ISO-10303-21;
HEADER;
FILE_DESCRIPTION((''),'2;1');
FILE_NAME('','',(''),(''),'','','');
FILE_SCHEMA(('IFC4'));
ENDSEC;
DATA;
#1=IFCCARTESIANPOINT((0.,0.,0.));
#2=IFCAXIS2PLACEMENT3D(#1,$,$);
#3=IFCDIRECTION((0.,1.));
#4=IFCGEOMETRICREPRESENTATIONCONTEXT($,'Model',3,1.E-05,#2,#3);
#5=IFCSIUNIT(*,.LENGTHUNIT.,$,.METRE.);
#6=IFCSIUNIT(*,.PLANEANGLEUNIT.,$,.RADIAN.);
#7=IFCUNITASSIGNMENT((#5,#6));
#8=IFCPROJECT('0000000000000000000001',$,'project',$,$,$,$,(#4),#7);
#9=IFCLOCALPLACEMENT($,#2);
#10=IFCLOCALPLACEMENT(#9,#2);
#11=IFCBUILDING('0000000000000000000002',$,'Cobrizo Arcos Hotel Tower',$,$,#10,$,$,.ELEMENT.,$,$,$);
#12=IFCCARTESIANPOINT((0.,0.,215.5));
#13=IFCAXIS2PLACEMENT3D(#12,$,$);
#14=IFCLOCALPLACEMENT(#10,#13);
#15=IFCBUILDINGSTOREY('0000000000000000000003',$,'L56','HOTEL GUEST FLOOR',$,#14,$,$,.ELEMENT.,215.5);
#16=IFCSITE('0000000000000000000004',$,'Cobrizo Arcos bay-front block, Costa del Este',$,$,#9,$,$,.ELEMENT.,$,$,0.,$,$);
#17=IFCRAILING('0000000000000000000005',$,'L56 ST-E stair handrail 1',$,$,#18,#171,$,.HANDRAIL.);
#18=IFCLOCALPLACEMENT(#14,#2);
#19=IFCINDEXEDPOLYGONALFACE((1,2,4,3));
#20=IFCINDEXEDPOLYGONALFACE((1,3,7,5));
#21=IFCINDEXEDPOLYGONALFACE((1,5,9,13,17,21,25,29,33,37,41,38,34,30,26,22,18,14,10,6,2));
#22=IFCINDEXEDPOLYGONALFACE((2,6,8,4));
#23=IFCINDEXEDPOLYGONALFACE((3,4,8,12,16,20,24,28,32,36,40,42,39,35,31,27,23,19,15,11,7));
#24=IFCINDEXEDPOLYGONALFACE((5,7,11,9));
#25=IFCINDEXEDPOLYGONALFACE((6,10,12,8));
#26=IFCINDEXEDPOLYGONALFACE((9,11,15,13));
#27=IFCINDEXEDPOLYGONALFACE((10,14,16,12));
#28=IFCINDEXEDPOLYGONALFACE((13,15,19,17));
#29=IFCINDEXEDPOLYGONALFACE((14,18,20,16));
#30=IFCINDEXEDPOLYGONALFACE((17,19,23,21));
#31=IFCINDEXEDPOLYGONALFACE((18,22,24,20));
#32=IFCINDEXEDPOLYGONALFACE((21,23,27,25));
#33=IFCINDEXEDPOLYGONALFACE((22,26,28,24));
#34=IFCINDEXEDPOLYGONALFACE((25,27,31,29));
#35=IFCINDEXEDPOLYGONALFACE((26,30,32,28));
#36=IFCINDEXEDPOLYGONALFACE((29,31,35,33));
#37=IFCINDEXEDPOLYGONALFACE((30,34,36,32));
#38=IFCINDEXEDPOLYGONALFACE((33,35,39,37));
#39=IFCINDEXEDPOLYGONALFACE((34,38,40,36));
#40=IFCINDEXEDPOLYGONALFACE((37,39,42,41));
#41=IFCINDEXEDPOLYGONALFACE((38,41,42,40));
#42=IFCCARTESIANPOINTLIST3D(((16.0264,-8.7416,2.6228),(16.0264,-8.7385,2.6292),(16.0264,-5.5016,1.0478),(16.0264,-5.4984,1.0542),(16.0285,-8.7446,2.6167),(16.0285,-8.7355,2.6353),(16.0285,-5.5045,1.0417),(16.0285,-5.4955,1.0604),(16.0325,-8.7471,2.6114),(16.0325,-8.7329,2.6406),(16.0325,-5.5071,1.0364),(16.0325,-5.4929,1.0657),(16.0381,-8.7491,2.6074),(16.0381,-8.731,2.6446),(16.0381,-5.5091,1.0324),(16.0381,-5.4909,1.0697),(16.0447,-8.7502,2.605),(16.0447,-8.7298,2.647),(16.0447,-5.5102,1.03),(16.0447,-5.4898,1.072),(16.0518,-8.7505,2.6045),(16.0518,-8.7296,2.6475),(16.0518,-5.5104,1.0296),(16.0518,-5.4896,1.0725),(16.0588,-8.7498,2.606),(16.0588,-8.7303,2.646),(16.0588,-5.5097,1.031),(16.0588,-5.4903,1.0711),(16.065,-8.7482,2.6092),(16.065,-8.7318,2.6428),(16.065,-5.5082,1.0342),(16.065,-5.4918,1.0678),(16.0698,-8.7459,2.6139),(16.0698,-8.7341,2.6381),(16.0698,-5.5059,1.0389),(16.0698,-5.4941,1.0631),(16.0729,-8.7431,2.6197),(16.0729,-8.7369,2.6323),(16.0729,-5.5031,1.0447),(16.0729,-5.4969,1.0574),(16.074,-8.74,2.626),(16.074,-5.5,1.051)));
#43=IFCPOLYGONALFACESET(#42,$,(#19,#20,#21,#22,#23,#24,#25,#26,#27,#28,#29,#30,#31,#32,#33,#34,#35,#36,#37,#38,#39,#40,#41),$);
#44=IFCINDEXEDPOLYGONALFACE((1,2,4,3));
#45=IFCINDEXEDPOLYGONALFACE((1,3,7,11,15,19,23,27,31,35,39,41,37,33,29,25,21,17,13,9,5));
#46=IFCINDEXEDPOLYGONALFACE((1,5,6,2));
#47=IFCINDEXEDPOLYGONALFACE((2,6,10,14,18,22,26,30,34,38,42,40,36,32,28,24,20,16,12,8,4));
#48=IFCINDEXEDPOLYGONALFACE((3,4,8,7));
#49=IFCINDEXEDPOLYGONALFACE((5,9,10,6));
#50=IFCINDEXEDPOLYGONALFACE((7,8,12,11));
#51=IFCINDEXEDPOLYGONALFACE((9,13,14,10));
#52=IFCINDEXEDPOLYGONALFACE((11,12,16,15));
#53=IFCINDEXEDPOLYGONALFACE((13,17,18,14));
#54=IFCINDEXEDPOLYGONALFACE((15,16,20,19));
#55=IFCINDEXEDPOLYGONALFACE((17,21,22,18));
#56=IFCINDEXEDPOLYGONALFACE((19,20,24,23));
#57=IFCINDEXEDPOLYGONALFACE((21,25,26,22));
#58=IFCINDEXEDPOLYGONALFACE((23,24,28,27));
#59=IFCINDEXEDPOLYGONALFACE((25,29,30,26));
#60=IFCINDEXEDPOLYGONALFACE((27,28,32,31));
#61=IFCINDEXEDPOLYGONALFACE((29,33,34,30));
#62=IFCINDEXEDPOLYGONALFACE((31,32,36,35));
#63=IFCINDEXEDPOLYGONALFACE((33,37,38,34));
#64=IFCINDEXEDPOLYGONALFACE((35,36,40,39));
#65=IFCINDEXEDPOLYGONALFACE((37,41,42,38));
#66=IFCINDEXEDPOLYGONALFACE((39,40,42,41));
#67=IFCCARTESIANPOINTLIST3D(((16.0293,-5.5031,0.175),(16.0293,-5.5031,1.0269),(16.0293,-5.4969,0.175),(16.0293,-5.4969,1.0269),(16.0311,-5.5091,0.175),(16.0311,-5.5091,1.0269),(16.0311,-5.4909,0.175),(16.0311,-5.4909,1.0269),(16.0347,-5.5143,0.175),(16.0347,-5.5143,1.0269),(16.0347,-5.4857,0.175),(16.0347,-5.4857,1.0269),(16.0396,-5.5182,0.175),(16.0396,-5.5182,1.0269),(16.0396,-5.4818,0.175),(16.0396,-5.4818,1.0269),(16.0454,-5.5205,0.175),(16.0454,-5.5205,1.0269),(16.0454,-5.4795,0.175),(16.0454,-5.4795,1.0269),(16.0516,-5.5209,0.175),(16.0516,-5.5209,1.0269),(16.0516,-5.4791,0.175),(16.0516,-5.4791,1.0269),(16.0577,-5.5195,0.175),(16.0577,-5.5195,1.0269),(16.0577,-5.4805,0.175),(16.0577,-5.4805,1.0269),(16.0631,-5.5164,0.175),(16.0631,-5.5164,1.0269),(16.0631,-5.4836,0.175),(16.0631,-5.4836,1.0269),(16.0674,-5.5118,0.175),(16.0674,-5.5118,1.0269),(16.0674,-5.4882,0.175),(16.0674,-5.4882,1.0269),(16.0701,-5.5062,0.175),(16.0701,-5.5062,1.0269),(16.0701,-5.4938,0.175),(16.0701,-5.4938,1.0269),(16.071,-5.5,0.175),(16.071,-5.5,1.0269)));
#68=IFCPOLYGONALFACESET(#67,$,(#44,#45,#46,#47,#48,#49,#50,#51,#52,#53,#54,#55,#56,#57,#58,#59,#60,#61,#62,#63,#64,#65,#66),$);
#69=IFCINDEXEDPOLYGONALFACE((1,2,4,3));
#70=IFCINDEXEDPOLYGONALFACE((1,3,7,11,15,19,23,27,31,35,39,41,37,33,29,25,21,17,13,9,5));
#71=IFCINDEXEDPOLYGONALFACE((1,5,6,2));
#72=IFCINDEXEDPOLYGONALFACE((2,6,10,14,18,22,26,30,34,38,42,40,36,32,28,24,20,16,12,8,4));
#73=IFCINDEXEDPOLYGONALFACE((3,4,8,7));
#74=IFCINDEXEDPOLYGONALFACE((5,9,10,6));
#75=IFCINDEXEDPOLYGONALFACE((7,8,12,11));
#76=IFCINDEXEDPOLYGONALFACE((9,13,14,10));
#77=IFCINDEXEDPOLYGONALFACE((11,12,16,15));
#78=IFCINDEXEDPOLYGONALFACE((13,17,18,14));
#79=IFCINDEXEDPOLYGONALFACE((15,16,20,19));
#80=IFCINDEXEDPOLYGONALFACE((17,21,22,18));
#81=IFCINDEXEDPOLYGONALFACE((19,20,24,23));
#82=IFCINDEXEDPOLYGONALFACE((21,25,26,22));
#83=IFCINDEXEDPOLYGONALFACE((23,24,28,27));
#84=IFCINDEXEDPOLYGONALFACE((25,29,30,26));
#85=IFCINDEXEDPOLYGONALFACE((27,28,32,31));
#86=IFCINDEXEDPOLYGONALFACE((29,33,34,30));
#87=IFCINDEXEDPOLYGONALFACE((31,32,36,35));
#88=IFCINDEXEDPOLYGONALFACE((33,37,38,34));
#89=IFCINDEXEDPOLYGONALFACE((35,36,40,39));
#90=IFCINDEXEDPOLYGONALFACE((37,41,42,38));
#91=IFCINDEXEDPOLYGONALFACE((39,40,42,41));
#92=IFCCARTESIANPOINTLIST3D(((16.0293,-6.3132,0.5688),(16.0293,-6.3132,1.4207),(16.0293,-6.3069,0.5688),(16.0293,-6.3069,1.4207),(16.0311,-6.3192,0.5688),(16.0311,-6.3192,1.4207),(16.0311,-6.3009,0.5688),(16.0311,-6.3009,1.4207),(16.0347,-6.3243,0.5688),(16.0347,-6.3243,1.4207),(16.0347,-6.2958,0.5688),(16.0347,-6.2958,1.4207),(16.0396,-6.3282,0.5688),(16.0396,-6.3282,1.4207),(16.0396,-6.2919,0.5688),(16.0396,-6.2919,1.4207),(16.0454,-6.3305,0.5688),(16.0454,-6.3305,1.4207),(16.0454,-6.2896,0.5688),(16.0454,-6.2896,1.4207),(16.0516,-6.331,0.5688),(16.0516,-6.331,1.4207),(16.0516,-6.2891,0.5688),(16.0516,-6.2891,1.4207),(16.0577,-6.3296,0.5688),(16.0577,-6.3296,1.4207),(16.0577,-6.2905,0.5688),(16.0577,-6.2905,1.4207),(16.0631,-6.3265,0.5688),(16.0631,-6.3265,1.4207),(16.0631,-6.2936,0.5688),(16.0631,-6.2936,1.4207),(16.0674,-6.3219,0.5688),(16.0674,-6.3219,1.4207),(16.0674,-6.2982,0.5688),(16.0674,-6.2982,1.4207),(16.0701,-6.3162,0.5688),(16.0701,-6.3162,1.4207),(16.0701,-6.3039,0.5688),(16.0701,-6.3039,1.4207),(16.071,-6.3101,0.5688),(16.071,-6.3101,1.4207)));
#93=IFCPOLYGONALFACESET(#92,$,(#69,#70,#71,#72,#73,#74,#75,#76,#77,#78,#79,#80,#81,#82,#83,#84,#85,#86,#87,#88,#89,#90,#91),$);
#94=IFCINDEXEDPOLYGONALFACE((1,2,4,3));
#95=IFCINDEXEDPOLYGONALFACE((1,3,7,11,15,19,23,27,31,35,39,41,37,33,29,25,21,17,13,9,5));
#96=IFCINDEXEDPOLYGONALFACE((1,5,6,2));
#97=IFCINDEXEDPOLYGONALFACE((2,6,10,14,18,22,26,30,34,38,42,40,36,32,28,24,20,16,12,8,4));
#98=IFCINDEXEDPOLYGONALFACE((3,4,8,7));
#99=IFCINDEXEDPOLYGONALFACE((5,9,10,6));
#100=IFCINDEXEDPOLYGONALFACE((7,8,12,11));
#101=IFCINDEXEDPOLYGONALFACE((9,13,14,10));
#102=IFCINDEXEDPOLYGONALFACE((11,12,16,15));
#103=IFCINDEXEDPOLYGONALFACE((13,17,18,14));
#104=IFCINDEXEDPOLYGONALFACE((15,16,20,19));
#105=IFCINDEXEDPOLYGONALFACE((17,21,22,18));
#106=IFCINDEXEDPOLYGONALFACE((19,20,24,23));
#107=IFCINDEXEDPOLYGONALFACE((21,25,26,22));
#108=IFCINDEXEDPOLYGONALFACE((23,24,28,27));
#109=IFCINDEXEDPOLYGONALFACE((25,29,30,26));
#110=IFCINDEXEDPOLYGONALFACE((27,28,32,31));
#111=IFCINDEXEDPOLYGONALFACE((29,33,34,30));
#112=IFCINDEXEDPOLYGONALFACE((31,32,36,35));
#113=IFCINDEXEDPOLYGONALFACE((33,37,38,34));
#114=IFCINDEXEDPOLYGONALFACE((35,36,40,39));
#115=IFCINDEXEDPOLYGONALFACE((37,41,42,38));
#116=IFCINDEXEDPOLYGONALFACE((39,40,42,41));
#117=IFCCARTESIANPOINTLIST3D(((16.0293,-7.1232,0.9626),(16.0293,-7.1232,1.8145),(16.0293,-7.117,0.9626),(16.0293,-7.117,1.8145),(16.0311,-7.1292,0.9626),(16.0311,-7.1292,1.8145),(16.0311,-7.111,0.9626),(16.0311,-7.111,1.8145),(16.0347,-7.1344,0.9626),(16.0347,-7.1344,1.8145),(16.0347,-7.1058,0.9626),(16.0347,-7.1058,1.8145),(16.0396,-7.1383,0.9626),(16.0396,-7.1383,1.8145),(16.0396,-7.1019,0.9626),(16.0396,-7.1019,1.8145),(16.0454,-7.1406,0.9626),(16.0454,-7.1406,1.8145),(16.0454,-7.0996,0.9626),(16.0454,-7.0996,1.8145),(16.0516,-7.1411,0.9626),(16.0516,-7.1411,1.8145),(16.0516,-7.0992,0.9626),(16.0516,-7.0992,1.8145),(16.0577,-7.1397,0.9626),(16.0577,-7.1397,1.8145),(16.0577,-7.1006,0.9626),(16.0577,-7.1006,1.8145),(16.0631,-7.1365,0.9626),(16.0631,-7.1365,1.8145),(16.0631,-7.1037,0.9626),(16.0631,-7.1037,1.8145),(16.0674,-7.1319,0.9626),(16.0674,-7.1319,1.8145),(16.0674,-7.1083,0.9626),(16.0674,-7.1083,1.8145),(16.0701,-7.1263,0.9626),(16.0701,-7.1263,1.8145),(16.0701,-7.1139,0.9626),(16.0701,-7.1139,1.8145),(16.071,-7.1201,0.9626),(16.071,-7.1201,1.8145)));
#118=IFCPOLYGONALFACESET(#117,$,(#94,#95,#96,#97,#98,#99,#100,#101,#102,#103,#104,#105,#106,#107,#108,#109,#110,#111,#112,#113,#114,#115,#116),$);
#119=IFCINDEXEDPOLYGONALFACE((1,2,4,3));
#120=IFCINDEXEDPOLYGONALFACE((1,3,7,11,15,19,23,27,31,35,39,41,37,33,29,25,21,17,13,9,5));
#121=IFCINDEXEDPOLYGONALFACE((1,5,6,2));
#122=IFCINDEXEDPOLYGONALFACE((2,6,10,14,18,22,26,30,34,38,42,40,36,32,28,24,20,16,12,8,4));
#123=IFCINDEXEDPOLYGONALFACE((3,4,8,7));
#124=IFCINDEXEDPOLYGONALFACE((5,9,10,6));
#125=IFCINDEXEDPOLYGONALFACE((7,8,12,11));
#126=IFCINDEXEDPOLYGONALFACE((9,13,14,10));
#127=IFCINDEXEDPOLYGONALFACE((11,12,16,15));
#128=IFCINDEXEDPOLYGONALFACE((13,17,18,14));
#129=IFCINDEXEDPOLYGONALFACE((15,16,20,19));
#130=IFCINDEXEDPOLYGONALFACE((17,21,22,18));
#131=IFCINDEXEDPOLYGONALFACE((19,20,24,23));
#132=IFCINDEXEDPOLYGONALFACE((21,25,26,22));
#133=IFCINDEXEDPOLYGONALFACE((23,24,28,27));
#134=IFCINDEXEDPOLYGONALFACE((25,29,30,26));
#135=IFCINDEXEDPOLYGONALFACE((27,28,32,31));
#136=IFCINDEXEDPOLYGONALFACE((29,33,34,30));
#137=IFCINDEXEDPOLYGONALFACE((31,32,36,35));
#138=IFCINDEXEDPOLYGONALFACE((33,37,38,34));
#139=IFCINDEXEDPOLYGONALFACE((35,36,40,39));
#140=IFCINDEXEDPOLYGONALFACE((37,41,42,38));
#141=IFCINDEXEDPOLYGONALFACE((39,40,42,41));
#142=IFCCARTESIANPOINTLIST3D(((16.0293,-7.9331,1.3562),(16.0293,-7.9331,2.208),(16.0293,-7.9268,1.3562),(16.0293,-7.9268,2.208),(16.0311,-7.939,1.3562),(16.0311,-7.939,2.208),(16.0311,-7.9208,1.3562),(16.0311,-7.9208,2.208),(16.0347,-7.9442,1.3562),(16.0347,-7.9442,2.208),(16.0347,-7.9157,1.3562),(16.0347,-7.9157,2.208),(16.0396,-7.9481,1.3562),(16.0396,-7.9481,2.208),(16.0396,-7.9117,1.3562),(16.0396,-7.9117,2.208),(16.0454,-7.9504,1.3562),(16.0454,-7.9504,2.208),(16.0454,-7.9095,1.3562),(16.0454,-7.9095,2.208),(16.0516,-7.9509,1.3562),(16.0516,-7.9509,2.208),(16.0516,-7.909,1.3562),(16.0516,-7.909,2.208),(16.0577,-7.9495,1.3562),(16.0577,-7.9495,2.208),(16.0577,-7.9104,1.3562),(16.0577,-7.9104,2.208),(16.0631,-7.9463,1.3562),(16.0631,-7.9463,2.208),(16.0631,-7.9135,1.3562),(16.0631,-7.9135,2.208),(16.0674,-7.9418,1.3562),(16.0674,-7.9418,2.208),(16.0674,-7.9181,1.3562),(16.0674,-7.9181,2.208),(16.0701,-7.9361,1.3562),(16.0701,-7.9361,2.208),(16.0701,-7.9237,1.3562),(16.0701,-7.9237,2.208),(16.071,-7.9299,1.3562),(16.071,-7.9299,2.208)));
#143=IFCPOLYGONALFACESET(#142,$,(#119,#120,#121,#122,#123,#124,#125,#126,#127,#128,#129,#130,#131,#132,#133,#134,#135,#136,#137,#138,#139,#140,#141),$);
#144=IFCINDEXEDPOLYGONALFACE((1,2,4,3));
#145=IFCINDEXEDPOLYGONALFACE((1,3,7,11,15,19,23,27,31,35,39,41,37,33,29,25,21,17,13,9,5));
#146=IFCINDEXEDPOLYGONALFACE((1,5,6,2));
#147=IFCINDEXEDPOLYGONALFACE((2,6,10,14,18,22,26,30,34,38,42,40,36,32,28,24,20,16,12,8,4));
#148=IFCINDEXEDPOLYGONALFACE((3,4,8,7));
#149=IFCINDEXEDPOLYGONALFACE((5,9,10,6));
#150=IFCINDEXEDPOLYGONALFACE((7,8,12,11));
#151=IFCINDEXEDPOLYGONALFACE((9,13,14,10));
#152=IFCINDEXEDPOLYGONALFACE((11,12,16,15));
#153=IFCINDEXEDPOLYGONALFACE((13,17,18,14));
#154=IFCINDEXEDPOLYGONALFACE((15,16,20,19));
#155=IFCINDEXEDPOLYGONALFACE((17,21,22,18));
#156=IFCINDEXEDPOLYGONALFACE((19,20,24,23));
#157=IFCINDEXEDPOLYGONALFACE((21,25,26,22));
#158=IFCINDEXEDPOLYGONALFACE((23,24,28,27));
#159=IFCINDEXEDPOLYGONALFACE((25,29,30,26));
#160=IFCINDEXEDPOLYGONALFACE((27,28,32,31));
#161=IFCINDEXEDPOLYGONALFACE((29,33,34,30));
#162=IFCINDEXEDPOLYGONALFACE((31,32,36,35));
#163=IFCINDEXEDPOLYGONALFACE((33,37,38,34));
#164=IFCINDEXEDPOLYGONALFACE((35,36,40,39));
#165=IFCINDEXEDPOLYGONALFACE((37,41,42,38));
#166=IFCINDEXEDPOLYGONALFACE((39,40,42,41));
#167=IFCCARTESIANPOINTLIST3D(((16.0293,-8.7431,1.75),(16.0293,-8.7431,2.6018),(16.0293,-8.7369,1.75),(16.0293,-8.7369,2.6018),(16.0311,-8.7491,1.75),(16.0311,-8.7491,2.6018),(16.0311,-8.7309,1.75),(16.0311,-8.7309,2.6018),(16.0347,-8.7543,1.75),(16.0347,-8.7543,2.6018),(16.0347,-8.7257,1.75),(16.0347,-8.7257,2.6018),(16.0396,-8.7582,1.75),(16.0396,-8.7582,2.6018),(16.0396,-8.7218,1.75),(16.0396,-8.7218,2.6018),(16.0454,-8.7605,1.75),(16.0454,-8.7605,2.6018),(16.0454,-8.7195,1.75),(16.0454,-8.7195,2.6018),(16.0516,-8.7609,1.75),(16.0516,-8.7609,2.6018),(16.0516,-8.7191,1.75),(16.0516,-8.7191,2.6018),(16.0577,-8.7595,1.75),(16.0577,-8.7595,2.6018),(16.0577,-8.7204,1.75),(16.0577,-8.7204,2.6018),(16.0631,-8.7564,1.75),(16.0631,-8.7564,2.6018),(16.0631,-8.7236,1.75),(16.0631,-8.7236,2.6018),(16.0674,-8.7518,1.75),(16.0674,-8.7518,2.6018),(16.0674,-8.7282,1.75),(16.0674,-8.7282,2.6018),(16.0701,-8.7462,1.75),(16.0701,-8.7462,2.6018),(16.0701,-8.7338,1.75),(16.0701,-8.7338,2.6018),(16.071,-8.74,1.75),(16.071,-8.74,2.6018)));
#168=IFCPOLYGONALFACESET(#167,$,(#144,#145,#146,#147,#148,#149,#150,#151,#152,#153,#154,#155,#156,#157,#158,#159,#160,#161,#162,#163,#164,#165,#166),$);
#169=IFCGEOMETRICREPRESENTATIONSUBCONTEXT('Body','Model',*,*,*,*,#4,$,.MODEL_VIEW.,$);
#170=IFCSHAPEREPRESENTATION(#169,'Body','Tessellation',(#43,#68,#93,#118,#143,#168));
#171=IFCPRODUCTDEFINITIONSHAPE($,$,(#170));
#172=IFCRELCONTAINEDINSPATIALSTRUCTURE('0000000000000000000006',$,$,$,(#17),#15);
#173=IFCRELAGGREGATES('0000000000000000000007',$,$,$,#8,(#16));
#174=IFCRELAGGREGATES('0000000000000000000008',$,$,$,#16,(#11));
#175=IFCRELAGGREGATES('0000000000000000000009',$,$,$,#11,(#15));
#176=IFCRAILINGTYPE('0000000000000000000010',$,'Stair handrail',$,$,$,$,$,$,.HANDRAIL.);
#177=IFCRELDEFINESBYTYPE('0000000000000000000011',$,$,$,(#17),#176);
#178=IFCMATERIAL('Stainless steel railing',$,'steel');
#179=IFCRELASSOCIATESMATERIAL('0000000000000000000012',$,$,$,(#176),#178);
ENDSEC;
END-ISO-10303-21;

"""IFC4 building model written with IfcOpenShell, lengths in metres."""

from ifc_helpers import new_model, si_unit, direction, frame, origin, origin_2d, place, context, subcontext, project, spatial, circle, extrude, material, type_object, element, save


model = new_model("IFC4")

# Units and contexts
model_context = context("Model", 3, precision=1e-05, world=origin(), true_north=direction((0.0, 1.0)))
body_context = subcontext(model_context, "Body", "Model", "MODEL_VIEW")
ifc_project = project(units=[si_unit("LENGTHUNIT", "METRE"), si_unit("PLANEANGLEUNIT", "RADIAN")], contexts=[model_context])

# Site, building, storey
site_placement = place(None, origin())
site = spatial("IfcSite", under=ifc_project, at=site_placement, Name="Cobrizo Arcos bay-front block, Costa del Este", CompositionType="ELEMENT", RefElevation=0.0)
building_placement = place(site_placement, origin())
building = spatial("IfcBuilding", under=site, at=building_placement, Name="Cobrizo Arcos Hotel Tower", CompositionType="ELEMENT")
storey_placement = place(building_placement, frame((0.0, 0.0, 215.5)))
storey = spatial("IfcBuildingStorey", under=building, at=storey_placement, Name="L56", Description="HOTEL GUEST FLOOR", CompositionType="ELEMENT", Elevation=215.5)

# Railing
ifc_material_1 = material(Name="Stainless steel railing", Category="steel")
railing_type_1 = type_object("IfcRailingType", Name="Stair handrail", PredefinedType="HANDRAIL", material=ifc_material_1)
railing_1_placement = place(storey_placement, frame((16.05, -5.5, 0.175)))
element("IfcRailing", 1, at=railing_1_placement, inside=storey, type_object=railing_type_1, Name="L56 ST-E stair handrail 1", PredefinedType="HANDRAIL", context=body_context, shape_type="SweptSolid", body=[
    extrude(circle(Radius=0.0239, at=origin_2d()), frame((0.0, 0.0, 0.876), z_axis=(0.0, -0.899373, 0.437183), x_axis=(1.0, 0.0, 0.0)), (0.0, 0.0, 1.0), 3.6025),
    extrude(circle(Radius=0.021, at=origin_2d()), origin(), (0.0, 0.0, 1.0), 0.8518),
    extrude(circle(Radius=0.021, at=origin_2d()), frame((0.0, -0.8101, 0.3938)), (0.0, 0.0, 1.0), 0.8518),
    extrude(circle(Radius=0.021, at=origin_2d()), frame((0.0, -1.6201, 0.7876)), (0.0, 0.0, 1.0), 0.8518),
    extrude(circle(Radius=0.021, at=origin_2d()), frame((0.0, -2.4299, 1.1812)), (0.0, 0.0, 1.0), 0.8518),
    extrude(circle(Radius=0.021, at=origin_2d()), frame((0.0, -3.24, 1.575)), (0.0, 0.0, 1.0), 0.8518),
])

save(model, "model.ifc")
